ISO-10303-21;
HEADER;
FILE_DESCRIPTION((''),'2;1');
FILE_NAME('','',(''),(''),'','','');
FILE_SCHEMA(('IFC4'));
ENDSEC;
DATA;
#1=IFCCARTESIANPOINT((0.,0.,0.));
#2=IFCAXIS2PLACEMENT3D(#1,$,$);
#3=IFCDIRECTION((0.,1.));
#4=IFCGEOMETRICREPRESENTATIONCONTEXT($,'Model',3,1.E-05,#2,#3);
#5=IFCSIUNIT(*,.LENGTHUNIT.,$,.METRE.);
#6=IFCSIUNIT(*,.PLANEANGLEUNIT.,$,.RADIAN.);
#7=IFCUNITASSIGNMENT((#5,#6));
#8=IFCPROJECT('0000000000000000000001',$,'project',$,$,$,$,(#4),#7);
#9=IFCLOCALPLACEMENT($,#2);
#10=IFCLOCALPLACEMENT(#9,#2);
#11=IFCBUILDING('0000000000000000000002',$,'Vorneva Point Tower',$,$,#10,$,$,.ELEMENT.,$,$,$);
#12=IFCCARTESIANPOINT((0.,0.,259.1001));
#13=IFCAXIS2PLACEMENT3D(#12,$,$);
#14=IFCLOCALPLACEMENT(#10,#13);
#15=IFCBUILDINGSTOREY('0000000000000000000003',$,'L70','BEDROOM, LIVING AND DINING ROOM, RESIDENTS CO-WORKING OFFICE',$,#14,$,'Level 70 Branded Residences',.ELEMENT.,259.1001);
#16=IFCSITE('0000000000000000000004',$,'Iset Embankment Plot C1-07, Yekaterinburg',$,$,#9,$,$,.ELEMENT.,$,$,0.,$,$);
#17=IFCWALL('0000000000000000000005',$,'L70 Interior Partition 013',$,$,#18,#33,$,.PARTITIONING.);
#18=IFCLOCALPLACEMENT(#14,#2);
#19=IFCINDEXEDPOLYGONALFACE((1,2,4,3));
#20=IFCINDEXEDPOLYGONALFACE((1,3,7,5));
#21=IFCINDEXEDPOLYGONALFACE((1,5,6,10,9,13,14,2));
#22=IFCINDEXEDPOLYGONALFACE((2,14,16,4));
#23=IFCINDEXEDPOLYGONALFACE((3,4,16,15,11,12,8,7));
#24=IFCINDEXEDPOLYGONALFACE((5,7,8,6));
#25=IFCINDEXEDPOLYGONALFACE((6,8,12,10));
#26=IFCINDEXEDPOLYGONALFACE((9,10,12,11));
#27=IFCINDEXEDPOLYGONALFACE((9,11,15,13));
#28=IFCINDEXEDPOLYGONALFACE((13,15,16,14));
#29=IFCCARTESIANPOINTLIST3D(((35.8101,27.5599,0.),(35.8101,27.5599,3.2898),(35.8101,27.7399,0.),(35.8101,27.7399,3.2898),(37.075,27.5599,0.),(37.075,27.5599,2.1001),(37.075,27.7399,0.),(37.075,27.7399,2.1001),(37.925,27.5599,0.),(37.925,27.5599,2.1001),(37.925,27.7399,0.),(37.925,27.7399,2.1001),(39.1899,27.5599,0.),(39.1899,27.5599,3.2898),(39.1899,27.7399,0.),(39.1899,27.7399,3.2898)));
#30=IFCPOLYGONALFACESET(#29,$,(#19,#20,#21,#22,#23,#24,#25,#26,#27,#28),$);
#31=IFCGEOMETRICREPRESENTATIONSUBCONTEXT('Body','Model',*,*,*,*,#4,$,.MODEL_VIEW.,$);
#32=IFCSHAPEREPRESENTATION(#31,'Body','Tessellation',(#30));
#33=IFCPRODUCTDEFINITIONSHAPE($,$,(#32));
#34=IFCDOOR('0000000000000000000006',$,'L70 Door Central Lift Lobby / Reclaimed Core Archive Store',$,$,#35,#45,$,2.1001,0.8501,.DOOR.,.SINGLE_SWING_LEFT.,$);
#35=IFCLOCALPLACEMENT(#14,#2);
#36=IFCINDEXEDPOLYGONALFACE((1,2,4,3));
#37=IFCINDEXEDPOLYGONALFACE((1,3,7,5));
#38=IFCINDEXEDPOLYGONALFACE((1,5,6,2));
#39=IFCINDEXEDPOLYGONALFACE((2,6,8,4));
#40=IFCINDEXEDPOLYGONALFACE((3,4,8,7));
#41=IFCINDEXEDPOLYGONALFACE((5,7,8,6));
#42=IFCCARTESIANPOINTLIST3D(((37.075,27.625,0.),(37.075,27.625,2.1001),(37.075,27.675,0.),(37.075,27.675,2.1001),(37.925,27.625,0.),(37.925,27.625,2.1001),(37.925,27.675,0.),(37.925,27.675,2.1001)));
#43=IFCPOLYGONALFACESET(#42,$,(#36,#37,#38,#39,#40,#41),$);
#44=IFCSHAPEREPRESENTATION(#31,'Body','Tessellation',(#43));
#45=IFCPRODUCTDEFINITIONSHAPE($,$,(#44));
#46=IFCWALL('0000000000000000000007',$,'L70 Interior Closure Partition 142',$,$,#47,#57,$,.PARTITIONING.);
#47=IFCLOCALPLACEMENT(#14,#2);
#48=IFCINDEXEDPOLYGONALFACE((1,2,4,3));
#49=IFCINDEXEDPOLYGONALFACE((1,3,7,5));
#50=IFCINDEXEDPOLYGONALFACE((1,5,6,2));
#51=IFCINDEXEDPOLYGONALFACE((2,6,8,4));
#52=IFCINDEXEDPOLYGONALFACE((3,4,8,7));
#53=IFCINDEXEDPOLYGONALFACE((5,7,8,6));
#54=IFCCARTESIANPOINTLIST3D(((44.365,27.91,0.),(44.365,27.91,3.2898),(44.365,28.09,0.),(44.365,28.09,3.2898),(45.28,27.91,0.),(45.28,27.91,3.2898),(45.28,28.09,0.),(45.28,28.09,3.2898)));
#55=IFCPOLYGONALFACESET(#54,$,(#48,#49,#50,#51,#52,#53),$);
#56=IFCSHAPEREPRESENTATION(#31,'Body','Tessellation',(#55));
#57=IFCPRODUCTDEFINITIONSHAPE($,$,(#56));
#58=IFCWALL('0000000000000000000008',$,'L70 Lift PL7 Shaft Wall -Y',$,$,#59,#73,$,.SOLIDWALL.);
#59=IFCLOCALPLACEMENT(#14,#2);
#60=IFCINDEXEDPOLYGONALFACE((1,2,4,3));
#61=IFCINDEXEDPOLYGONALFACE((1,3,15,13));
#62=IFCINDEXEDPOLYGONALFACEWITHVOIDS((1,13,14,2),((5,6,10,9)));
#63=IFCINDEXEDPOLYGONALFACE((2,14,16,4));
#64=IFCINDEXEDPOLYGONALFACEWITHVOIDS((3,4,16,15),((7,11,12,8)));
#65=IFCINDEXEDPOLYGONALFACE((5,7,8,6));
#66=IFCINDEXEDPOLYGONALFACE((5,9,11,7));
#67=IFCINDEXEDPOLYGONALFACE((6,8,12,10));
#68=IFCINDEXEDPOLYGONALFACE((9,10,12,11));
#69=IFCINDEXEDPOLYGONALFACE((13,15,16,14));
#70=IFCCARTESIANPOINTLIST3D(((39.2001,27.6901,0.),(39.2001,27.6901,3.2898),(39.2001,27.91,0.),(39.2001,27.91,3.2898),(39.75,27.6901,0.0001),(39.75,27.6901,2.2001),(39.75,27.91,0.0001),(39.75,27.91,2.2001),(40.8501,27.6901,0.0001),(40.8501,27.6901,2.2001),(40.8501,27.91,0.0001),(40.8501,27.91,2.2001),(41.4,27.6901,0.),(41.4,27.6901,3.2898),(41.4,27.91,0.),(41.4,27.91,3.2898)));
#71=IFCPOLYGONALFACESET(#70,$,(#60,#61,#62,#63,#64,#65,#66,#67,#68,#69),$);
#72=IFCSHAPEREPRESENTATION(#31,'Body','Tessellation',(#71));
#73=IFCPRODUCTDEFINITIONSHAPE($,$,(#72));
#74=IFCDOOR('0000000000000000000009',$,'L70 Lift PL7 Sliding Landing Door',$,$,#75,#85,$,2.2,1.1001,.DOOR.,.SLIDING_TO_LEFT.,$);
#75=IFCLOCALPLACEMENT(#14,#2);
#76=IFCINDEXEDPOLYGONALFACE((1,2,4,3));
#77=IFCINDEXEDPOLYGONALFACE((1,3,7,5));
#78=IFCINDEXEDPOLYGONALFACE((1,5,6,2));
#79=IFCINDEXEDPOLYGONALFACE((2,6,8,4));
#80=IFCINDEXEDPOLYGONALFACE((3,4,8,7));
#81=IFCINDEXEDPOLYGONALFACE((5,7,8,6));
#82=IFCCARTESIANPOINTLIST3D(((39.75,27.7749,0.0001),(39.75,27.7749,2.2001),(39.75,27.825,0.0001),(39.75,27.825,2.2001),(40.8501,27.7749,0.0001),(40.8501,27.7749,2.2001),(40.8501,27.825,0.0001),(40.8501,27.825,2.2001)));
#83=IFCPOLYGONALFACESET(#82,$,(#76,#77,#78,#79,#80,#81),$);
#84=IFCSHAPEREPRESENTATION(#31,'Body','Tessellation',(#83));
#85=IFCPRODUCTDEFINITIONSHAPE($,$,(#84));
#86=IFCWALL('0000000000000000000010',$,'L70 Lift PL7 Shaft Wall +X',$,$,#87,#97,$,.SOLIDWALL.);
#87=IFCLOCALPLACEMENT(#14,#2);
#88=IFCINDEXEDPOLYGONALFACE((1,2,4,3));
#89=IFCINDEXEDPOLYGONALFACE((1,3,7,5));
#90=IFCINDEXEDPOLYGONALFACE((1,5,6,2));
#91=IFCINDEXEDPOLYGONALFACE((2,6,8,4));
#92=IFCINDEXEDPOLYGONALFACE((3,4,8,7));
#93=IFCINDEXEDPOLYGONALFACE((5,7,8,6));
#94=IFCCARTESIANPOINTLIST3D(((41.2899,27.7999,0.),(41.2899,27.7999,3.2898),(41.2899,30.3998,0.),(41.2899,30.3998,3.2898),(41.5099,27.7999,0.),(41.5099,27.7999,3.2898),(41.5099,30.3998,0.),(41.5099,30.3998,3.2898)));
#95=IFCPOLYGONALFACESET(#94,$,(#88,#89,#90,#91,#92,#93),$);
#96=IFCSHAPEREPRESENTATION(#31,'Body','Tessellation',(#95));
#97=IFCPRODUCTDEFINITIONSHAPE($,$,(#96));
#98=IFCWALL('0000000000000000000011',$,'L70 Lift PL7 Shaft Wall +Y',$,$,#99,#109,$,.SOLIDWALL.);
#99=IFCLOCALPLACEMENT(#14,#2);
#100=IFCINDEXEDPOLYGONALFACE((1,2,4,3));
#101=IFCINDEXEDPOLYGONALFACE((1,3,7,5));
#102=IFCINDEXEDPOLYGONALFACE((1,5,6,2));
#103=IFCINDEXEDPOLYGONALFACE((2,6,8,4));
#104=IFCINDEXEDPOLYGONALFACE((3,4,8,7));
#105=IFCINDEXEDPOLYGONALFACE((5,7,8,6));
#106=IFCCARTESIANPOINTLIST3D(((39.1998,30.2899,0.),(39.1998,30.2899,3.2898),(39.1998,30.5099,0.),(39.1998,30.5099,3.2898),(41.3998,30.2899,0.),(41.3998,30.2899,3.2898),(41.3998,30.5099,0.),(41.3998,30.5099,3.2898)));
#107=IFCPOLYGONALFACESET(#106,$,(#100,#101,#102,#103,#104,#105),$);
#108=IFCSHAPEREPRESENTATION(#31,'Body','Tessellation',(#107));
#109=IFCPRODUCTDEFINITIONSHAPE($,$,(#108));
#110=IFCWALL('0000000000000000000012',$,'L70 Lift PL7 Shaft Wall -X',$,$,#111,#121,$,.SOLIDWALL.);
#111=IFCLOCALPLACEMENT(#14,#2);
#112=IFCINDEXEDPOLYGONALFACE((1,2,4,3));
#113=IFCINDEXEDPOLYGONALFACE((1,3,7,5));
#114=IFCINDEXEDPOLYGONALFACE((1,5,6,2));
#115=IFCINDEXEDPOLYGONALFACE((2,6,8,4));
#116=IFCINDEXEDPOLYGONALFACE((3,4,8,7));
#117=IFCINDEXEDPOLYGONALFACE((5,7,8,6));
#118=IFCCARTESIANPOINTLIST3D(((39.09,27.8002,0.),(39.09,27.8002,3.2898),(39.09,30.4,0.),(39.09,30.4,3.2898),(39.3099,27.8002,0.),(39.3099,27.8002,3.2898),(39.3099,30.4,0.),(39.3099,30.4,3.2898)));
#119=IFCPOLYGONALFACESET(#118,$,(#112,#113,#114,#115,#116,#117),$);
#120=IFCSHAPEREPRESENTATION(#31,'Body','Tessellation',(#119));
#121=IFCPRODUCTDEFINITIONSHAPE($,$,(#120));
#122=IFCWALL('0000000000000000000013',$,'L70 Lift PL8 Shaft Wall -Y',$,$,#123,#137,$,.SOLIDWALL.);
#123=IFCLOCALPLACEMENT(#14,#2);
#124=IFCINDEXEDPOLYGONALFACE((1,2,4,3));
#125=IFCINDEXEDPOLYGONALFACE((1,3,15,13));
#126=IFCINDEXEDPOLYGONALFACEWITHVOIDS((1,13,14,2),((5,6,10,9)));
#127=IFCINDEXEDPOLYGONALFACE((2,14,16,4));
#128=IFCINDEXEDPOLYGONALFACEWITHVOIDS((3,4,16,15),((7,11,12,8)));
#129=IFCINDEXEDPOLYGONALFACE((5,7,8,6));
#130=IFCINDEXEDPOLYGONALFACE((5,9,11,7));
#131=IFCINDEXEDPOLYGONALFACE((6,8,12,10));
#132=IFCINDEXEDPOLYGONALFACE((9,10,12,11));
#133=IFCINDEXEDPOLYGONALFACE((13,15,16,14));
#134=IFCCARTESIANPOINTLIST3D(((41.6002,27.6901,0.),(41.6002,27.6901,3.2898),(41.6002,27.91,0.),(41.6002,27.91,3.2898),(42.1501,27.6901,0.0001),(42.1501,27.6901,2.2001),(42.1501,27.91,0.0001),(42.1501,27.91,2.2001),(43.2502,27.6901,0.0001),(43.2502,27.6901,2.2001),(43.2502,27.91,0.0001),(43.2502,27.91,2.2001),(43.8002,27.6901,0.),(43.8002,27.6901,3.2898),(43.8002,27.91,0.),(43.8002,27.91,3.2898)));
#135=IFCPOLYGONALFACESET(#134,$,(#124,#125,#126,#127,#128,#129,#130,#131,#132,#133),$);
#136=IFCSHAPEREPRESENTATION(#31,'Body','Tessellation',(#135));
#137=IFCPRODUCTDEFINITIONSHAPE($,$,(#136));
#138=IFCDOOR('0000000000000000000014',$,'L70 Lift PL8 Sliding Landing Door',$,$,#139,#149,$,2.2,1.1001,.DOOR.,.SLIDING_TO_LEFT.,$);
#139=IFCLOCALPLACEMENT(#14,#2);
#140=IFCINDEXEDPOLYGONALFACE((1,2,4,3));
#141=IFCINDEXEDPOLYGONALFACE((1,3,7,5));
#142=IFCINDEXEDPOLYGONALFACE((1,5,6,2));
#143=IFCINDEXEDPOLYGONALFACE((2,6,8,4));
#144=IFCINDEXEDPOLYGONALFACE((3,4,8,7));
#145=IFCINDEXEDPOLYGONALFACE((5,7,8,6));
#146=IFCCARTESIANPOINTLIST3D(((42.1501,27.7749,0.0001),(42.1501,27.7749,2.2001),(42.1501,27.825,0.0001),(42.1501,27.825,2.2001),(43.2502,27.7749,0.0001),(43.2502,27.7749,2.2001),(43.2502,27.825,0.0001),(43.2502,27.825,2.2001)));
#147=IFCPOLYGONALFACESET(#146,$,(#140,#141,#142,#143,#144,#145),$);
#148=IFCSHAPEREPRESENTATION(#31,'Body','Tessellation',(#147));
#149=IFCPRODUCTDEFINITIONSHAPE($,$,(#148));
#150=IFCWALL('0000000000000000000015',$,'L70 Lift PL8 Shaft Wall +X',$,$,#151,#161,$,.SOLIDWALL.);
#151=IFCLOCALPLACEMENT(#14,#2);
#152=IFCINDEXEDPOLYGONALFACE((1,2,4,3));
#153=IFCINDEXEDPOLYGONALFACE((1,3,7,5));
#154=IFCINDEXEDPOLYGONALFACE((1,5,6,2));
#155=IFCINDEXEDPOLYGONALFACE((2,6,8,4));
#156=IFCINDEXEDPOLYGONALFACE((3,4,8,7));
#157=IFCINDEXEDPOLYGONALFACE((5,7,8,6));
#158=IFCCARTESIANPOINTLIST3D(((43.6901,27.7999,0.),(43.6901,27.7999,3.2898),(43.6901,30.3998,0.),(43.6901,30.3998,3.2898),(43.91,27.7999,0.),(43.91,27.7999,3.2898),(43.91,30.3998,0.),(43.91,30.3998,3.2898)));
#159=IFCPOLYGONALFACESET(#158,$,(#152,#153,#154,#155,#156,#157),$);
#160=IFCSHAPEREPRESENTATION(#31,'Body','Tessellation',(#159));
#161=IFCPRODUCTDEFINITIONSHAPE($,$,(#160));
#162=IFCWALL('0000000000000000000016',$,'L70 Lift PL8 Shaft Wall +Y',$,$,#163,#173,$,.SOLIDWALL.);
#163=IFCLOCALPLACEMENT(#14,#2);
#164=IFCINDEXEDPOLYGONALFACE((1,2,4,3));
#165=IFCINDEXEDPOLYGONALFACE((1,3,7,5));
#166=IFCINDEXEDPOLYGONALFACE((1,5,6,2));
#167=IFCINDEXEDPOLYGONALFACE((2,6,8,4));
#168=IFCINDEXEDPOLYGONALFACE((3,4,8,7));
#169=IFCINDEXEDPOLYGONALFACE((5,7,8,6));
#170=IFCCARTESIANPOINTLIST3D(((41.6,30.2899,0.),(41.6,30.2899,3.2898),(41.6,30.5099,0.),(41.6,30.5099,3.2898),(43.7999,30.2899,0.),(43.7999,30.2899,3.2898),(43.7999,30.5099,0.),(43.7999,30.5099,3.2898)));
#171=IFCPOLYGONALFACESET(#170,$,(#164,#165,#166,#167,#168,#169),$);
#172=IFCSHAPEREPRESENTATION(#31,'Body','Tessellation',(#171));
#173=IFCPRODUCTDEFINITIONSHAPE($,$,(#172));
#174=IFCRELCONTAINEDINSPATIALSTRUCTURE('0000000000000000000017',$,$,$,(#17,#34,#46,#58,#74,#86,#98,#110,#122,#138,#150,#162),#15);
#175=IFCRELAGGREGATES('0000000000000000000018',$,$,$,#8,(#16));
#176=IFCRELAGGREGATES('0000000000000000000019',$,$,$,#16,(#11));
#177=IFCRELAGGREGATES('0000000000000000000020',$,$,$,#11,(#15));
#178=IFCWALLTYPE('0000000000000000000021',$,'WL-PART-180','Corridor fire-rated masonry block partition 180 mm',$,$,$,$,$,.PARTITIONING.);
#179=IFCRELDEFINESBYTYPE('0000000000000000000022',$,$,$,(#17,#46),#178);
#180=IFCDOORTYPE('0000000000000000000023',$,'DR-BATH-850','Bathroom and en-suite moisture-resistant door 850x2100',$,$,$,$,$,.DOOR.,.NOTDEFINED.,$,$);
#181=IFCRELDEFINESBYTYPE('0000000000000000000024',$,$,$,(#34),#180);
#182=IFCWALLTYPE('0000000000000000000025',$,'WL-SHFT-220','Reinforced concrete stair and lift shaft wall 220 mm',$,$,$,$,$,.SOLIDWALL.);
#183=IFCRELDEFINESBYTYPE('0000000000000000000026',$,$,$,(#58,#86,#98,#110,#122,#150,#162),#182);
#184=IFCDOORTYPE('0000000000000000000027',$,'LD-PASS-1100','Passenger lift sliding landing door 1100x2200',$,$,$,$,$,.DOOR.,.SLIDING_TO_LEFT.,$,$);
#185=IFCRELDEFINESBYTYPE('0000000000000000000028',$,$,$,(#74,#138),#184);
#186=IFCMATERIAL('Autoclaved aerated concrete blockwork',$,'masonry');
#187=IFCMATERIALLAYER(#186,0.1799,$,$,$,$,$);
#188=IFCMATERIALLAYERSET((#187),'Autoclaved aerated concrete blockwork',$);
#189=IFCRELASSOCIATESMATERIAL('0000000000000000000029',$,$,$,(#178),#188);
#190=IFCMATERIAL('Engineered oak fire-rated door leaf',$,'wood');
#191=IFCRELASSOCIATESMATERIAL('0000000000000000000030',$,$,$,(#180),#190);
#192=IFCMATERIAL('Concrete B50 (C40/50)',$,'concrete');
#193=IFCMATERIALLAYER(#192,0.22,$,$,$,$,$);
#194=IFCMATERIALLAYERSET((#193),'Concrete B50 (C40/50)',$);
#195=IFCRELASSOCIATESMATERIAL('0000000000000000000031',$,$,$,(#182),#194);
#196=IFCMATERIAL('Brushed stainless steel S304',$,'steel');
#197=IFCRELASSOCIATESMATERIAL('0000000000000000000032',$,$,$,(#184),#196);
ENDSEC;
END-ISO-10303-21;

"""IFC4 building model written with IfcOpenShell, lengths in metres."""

from ifc_helpers import new_model, si_unit, direction, frame, frame_2d, origin, place, context, subcontext, project, spatial, rectangle, extrude, material, layer, layer_set, type_object, element, fill, save


model = new_model("IFC4")

# Units and contexts
model_context = context("Model", 3, precision=1e-05, world=origin(), true_north=direction((0.0, 1.0)))
body_context = subcontext(model_context, "Body", "Model", "MODEL_VIEW")
ifc_project = project(units=[si_unit("LENGTHUNIT", "METRE"), si_unit("PLANEANGLEUNIT", "RADIAN")], contexts=[model_context])

# Site, building, storey
site_placement = place(None, origin())
site = spatial("IfcSite", under=ifc_project, at=site_placement, Name="Iset Embankment Plot C1-07, Yekaterinburg", CompositionType="ELEMENT", RefElevation=0.0)
building_placement = place(site_placement, origin())
building = spatial("IfcBuilding", under=site, at=building_placement, Name="Vorneva Point Tower", CompositionType="ELEMENT")
storey_placement = place(building_placement, frame((0.0, 0.0, 259.1001)))
storey = spatial("IfcBuildingStorey", under=building, at=storey_placement, Name="L70", Description="BEDROOM, LIVING AND DINING ROOM, RESIDENTS CO-WORKING OFFICE", LongName="Level 70 Branded Residences", CompositionType="ELEMENT", Elevation=259.1001)

# Shared definitions
ifc_material_1 = material(Name="Concrete B50 (C40/50)", Category="concrete")

# Shared definitions
ifc_material_2 = material(Name="Brushed stainless steel S304", Category="steel")

# Wall, opening, door
ifc_material_3 = material(Name="Autoclaved aerated concrete blockwork", Category="masonry")
ifc_layer_1 = layer(ifc_material_3, 0.1799)
ifc_layer_set_1 = layer_set([ifc_layer_1], Name="Autoclaved aerated concrete blockwork")
wall_type_1 = type_object("IfcWallType", Name="WL-PART-180", Description="Corridor fire-rated masonry block partition 180 mm", PredefinedType="PARTITIONING", material=ifc_layer_set_1)
wall_1_placement = place(storey_placement, frame((39.1899, 27.6499, 0.0), z_axis=(0.0, 0.0, 1.0), x_axis=(-1.0, 0.0, 0.0)))
wall_1 = element("IfcWall", 1, at=wall_1_placement, inside=storey, type_object=wall_type_1, Name="L70 Interior Partition 013", PredefinedType="PARTITIONING", context=body_context, shape_type="SweptSolid", body=[
    extrude(rectangle(XDim=3.3799, YDim=0.1799, at=frame_2d((1.6899, 0.0))), origin(), (0.0, 0.0, 1.0), 3.2898),
])
opening_1_placement = place(wall_1_placement, frame((1.2649, 0.0, 0.0)))
opening_1 = element("IfcOpeningElement", 2, at=opening_1_placement, cuts=wall_1, PredefinedType="OPENING", context=body_context, shape_type="SweptSolid", body=[
    extrude(rectangle(XDim=0.8501, YDim=2.1001, at=frame_2d((0.425, 1.05))), frame((0.0, 0.105, 0.0), z_axis=(0.0, -1.0, 0.0), x_axis=(1.0, 0.0, 0.0)), (0.0, 0.0, 1.0), 0.2097),
])
ifc_material_4 = material(Name="Engineered oak fire-rated door leaf", Category="wood")
door_type_1 = type_object("IfcDoorType", Name="DR-BATH-850", Description="Bathroom and en-suite moisture-resistant door 850x2100", OperationType="NOTDEFINED", PredefinedType="DOOR", material=ifc_material_4)
door_1_placement = place(opening_1_placement, origin())
door_1 = element("IfcDoor", 3, at=door_1_placement, inside=storey, type_object=door_type_1, Name="L70 Door Central Lift Lobby / Reclaimed Core Archive Store", OperationType="SINGLE_SWING_LEFT", OverallHeight=2.1001, OverallWidth=0.8501, PredefinedType="DOOR", context=body_context, shape_type="SweptSolid", body=[
    extrude(rectangle(XDim=0.8501, YDim=2.1001, at=frame_2d((0.425, 1.05))), frame((0.0, 0.0249, 0.0), z_axis=(0.0, -1.0, 0.0), x_axis=(1.0, 0.0, 0.0)), (0.0, 0.0, 1.0), 0.05),
])
fill(opening_1, door_1)

# Wall
wall_2_placement = place(storey_placement, frame((45.28, 28.0, 0.0), z_axis=(0.0, 0.0, 1.0), x_axis=(-1.0, 0.0, 0.0)))
element("IfcWall", 4, at=wall_2_placement, inside=storey, type_object=wall_type_1, Name="L70 Interior Closure Partition 142", PredefinedType="PARTITIONING", context=body_context, shape_type="SweptSolid", body=[
    extrude(rectangle(XDim=0.915, YDim=0.1799, at=frame_2d((0.4575, 0.0))), origin(), (0.0, 0.0, 1.0), 3.2898),
])

# Wall, opening, door
ifc_layer_2 = layer(ifc_material_1, 0.22)
ifc_layer_set_2 = layer_set([ifc_layer_2], Name="Concrete B50 (C40/50)")
wall_type_2 = type_object("IfcWallType", Name="WL-SHFT-220", Description="Reinforced concrete stair and lift shaft wall 220 mm", PredefinedType="SOLIDWALL", material=ifc_layer_set_2)
wall_3_placement = place(storey_placement, frame((39.2, 27.8, 0.0), z_axis=(0.0, 0.0, 1.0), x_axis=(1.0, 0.0, 0.0)))
wall_3 = element("IfcWall", 5, at=wall_3_placement, inside=storey, type_object=wall_type_2, Name="L70 Lift PL7 Shaft Wall -Y", PredefinedType="SOLIDWALL", context=body_context, shape_type="SweptSolid", body=[
    extrude(rectangle(XDim=2.2, YDim=0.22, at=frame_2d((1.1001, 0.0))), origin(), (0.0, 0.0, 1.0), 3.2898),
])
opening_2_placement = place(wall_3_placement, frame((0.55, 0.0, 0.0)))
opening_2 = element("IfcOpeningElement", 6, at=opening_2_placement, cuts=wall_3, PredefinedType="OPENING", context=body_context, shape_type="SweptSolid", body=[
    extrude(rectangle(XDim=1.1001, YDim=2.2, at=frame_2d((0.55, 1.1001))), frame((0.0, 0.125, 0.0), z_axis=(0.0, -1.0, 0.0), x_axis=(1.0, 0.0, 0.0)), (0.0, 0.0, 1.0), 0.2498),
])
door_type_2 = type_object("IfcDoorType", Name="LD-PASS-1100", Description="Passenger lift sliding landing door 1100x2200", OperationType="SLIDING_TO_LEFT", PredefinedType="DOOR", material=ifc_material_2)
door_2_placement = place(opening_2_placement, origin())
door_2 = element("IfcDoor", 7, at=door_2_placement, inside=storey, type_object=door_type_2, Name="L70 Lift PL7 Sliding Landing Door", OperationType="SLIDING_TO_LEFT", OverallHeight=2.2, OverallWidth=1.1001, PredefinedType="DOOR", context=body_context, shape_type="SweptSolid", body=[
    extrude(rectangle(XDim=1.1001, YDim=2.2, at=frame_2d((0.55, 1.1001))), frame((0.0, 0.0249, 0.0), z_axis=(0.0, -1.0, 0.0), x_axis=(1.0, 0.0, 0.0)), (0.0, 0.0, 1.0), 0.05),
])
fill(opening_2, door_2)

# Walls
wall_4_placement = place(storey_placement, frame((41.3999, 27.8, 0.0), z_axis=(0.0, 0.0, 1.0), x_axis=(0.0, 1.0, 0.0)))
element("IfcWall", 8, at=wall_4_placement, inside=storey, type_object=wall_type_2, Name="L70 Lift PL7 Shaft Wall +X", PredefinedType="SOLIDWALL", context=body_context, shape_type="SweptSolid", body=[
    extrude(rectangle(XDim=2.5999, YDim=0.22, at=frame_2d((1.2998, 0.0))), origin(), (0.0, 0.0, 1.0), 3.2898),
])
wall_5_placement = place(storey_placement, frame((41.3999, 30.3999, 0.0), z_axis=(0.0, 0.0, 1.0), x_axis=(-1.0, 0.0, 0.0)))
element("IfcWall", 9, at=wall_5_placement, inside=storey, type_object=wall_type_2, Name="L70 Lift PL7 Shaft Wall +Y", PredefinedType="SOLIDWALL", context=body_context, shape_type="SweptSolid", body=[
    extrude(rectangle(XDim=2.2, YDim=0.22, at=frame_2d((1.1001, 0.0))), origin(), (0.0, 0.0, 1.0), 3.2898),
])
wall_6_placement = place(storey_placement, frame((39.2, 30.3999, 0.0), z_axis=(0.0, 0.0, 1.0), x_axis=(0.0, -1.0, 0.0)))
element("IfcWall", 10, at=wall_6_placement, inside=storey, type_object=wall_type_2, Name="L70 Lift PL7 Shaft Wall -X", PredefinedType="SOLIDWALL", context=body_context, shape_type="SweptSolid", body=[
    extrude(rectangle(XDim=2.5999, YDim=0.22, at=frame_2d((1.2998, 0.0))), origin(), (0.0, 0.0, 1.0), 3.2898),
])

# Wall, opening, door
wall_7_placement = place(storey_placement, frame((41.6001, 27.8, 0.0), z_axis=(0.0, 0.0, 1.0), x_axis=(1.0, 0.0, 0.0)))
wall_7 = element("IfcWall", 11, at=wall_7_placement, inside=storey, type_object=wall_type_2, Name="L70 Lift PL8 Shaft Wall -Y", PredefinedType="SOLIDWALL", context=body_context, shape_type="SweptSolid", body=[
    extrude(rectangle(XDim=2.2, YDim=0.22, at=frame_2d((1.1001, 0.0))), origin(), (0.0, 0.0, 1.0), 3.2898),
])
opening_3_placement = place(wall_7_placement, frame((0.55, 0.0, 0.0)))
opening_3 = element("IfcOpeningElement", 12, at=opening_3_placement, cuts=wall_7, PredefinedType="OPENING", context=body_context, shape_type="SweptSolid", body=[
    extrude(rectangle(XDim=1.1001, YDim=2.2, at=frame_2d((0.55, 1.1001))), frame((0.0, 0.125, 0.0), z_axis=(0.0, -1.0, 0.0), x_axis=(1.0, 0.0, 0.0)), (0.0, 0.0, 1.0), 0.2498),
])
door_3_placement = place(opening_3_placement, origin())
door_3 = element("IfcDoor", 13, at=door_3_placement, inside=storey, type_object=door_type_2, Name="L70 Lift PL8 Sliding Landing Door", OperationType="SLIDING_TO_LEFT", OverallHeight=2.2, OverallWidth=1.1001, PredefinedType="DOOR", context=body_context, shape_type="SweptSolid", body=[
    extrude(rectangle(XDim=1.1001, YDim=2.2, at=frame_2d((0.55, 1.1001))), frame((0.0, 0.0249, 0.0), z_axis=(0.0, -1.0, 0.0), x_axis=(1.0, 0.0, 0.0)), (0.0, 0.0, 1.0), 0.05),
])
fill(opening_3, door_3)

# Walls
wall_8_placement = place(storey_placement, frame((43.8, 27.8, 0.0), z_axis=(0.0, 0.0, 1.0), x_axis=(0.0, 1.0, 0.0)))
element("IfcWall", 14, at=wall_8_placement, inside=storey, type_object=wall_type_2, Name="L70 Lift PL8 Shaft Wall +X", PredefinedType="SOLIDWALL", context=body_context, shape_type="SweptSolid", body=[
    extrude(rectangle(XDim=2.5999, YDim=0.22, at=frame_2d((1.2998, 0.0))), origin(), (0.0, 0.0, 1.0), 3.2898),
])
wall_9_placement = place(storey_placement, frame((43.8, 30.3999, 0.0), z_axis=(0.0, 0.0, 1.0), x_axis=(-1.0, 0.0, 0.0)))
element("IfcWall", 15, at=wall_9_placement, inside=storey, type_object=wall_type_2, Name="L70 Lift PL8 Shaft Wall +Y", PredefinedType="SOLIDWALL", context=body_context, shape_type="SweptSolid", body=[
    extrude(rectangle(XDim=2.2, YDim=0.22, at=frame_2d((1.1001, 0.0))), origin(), (0.0, 0.0, 1.0), 3.2898),
])

save(model, "model.ifc")
